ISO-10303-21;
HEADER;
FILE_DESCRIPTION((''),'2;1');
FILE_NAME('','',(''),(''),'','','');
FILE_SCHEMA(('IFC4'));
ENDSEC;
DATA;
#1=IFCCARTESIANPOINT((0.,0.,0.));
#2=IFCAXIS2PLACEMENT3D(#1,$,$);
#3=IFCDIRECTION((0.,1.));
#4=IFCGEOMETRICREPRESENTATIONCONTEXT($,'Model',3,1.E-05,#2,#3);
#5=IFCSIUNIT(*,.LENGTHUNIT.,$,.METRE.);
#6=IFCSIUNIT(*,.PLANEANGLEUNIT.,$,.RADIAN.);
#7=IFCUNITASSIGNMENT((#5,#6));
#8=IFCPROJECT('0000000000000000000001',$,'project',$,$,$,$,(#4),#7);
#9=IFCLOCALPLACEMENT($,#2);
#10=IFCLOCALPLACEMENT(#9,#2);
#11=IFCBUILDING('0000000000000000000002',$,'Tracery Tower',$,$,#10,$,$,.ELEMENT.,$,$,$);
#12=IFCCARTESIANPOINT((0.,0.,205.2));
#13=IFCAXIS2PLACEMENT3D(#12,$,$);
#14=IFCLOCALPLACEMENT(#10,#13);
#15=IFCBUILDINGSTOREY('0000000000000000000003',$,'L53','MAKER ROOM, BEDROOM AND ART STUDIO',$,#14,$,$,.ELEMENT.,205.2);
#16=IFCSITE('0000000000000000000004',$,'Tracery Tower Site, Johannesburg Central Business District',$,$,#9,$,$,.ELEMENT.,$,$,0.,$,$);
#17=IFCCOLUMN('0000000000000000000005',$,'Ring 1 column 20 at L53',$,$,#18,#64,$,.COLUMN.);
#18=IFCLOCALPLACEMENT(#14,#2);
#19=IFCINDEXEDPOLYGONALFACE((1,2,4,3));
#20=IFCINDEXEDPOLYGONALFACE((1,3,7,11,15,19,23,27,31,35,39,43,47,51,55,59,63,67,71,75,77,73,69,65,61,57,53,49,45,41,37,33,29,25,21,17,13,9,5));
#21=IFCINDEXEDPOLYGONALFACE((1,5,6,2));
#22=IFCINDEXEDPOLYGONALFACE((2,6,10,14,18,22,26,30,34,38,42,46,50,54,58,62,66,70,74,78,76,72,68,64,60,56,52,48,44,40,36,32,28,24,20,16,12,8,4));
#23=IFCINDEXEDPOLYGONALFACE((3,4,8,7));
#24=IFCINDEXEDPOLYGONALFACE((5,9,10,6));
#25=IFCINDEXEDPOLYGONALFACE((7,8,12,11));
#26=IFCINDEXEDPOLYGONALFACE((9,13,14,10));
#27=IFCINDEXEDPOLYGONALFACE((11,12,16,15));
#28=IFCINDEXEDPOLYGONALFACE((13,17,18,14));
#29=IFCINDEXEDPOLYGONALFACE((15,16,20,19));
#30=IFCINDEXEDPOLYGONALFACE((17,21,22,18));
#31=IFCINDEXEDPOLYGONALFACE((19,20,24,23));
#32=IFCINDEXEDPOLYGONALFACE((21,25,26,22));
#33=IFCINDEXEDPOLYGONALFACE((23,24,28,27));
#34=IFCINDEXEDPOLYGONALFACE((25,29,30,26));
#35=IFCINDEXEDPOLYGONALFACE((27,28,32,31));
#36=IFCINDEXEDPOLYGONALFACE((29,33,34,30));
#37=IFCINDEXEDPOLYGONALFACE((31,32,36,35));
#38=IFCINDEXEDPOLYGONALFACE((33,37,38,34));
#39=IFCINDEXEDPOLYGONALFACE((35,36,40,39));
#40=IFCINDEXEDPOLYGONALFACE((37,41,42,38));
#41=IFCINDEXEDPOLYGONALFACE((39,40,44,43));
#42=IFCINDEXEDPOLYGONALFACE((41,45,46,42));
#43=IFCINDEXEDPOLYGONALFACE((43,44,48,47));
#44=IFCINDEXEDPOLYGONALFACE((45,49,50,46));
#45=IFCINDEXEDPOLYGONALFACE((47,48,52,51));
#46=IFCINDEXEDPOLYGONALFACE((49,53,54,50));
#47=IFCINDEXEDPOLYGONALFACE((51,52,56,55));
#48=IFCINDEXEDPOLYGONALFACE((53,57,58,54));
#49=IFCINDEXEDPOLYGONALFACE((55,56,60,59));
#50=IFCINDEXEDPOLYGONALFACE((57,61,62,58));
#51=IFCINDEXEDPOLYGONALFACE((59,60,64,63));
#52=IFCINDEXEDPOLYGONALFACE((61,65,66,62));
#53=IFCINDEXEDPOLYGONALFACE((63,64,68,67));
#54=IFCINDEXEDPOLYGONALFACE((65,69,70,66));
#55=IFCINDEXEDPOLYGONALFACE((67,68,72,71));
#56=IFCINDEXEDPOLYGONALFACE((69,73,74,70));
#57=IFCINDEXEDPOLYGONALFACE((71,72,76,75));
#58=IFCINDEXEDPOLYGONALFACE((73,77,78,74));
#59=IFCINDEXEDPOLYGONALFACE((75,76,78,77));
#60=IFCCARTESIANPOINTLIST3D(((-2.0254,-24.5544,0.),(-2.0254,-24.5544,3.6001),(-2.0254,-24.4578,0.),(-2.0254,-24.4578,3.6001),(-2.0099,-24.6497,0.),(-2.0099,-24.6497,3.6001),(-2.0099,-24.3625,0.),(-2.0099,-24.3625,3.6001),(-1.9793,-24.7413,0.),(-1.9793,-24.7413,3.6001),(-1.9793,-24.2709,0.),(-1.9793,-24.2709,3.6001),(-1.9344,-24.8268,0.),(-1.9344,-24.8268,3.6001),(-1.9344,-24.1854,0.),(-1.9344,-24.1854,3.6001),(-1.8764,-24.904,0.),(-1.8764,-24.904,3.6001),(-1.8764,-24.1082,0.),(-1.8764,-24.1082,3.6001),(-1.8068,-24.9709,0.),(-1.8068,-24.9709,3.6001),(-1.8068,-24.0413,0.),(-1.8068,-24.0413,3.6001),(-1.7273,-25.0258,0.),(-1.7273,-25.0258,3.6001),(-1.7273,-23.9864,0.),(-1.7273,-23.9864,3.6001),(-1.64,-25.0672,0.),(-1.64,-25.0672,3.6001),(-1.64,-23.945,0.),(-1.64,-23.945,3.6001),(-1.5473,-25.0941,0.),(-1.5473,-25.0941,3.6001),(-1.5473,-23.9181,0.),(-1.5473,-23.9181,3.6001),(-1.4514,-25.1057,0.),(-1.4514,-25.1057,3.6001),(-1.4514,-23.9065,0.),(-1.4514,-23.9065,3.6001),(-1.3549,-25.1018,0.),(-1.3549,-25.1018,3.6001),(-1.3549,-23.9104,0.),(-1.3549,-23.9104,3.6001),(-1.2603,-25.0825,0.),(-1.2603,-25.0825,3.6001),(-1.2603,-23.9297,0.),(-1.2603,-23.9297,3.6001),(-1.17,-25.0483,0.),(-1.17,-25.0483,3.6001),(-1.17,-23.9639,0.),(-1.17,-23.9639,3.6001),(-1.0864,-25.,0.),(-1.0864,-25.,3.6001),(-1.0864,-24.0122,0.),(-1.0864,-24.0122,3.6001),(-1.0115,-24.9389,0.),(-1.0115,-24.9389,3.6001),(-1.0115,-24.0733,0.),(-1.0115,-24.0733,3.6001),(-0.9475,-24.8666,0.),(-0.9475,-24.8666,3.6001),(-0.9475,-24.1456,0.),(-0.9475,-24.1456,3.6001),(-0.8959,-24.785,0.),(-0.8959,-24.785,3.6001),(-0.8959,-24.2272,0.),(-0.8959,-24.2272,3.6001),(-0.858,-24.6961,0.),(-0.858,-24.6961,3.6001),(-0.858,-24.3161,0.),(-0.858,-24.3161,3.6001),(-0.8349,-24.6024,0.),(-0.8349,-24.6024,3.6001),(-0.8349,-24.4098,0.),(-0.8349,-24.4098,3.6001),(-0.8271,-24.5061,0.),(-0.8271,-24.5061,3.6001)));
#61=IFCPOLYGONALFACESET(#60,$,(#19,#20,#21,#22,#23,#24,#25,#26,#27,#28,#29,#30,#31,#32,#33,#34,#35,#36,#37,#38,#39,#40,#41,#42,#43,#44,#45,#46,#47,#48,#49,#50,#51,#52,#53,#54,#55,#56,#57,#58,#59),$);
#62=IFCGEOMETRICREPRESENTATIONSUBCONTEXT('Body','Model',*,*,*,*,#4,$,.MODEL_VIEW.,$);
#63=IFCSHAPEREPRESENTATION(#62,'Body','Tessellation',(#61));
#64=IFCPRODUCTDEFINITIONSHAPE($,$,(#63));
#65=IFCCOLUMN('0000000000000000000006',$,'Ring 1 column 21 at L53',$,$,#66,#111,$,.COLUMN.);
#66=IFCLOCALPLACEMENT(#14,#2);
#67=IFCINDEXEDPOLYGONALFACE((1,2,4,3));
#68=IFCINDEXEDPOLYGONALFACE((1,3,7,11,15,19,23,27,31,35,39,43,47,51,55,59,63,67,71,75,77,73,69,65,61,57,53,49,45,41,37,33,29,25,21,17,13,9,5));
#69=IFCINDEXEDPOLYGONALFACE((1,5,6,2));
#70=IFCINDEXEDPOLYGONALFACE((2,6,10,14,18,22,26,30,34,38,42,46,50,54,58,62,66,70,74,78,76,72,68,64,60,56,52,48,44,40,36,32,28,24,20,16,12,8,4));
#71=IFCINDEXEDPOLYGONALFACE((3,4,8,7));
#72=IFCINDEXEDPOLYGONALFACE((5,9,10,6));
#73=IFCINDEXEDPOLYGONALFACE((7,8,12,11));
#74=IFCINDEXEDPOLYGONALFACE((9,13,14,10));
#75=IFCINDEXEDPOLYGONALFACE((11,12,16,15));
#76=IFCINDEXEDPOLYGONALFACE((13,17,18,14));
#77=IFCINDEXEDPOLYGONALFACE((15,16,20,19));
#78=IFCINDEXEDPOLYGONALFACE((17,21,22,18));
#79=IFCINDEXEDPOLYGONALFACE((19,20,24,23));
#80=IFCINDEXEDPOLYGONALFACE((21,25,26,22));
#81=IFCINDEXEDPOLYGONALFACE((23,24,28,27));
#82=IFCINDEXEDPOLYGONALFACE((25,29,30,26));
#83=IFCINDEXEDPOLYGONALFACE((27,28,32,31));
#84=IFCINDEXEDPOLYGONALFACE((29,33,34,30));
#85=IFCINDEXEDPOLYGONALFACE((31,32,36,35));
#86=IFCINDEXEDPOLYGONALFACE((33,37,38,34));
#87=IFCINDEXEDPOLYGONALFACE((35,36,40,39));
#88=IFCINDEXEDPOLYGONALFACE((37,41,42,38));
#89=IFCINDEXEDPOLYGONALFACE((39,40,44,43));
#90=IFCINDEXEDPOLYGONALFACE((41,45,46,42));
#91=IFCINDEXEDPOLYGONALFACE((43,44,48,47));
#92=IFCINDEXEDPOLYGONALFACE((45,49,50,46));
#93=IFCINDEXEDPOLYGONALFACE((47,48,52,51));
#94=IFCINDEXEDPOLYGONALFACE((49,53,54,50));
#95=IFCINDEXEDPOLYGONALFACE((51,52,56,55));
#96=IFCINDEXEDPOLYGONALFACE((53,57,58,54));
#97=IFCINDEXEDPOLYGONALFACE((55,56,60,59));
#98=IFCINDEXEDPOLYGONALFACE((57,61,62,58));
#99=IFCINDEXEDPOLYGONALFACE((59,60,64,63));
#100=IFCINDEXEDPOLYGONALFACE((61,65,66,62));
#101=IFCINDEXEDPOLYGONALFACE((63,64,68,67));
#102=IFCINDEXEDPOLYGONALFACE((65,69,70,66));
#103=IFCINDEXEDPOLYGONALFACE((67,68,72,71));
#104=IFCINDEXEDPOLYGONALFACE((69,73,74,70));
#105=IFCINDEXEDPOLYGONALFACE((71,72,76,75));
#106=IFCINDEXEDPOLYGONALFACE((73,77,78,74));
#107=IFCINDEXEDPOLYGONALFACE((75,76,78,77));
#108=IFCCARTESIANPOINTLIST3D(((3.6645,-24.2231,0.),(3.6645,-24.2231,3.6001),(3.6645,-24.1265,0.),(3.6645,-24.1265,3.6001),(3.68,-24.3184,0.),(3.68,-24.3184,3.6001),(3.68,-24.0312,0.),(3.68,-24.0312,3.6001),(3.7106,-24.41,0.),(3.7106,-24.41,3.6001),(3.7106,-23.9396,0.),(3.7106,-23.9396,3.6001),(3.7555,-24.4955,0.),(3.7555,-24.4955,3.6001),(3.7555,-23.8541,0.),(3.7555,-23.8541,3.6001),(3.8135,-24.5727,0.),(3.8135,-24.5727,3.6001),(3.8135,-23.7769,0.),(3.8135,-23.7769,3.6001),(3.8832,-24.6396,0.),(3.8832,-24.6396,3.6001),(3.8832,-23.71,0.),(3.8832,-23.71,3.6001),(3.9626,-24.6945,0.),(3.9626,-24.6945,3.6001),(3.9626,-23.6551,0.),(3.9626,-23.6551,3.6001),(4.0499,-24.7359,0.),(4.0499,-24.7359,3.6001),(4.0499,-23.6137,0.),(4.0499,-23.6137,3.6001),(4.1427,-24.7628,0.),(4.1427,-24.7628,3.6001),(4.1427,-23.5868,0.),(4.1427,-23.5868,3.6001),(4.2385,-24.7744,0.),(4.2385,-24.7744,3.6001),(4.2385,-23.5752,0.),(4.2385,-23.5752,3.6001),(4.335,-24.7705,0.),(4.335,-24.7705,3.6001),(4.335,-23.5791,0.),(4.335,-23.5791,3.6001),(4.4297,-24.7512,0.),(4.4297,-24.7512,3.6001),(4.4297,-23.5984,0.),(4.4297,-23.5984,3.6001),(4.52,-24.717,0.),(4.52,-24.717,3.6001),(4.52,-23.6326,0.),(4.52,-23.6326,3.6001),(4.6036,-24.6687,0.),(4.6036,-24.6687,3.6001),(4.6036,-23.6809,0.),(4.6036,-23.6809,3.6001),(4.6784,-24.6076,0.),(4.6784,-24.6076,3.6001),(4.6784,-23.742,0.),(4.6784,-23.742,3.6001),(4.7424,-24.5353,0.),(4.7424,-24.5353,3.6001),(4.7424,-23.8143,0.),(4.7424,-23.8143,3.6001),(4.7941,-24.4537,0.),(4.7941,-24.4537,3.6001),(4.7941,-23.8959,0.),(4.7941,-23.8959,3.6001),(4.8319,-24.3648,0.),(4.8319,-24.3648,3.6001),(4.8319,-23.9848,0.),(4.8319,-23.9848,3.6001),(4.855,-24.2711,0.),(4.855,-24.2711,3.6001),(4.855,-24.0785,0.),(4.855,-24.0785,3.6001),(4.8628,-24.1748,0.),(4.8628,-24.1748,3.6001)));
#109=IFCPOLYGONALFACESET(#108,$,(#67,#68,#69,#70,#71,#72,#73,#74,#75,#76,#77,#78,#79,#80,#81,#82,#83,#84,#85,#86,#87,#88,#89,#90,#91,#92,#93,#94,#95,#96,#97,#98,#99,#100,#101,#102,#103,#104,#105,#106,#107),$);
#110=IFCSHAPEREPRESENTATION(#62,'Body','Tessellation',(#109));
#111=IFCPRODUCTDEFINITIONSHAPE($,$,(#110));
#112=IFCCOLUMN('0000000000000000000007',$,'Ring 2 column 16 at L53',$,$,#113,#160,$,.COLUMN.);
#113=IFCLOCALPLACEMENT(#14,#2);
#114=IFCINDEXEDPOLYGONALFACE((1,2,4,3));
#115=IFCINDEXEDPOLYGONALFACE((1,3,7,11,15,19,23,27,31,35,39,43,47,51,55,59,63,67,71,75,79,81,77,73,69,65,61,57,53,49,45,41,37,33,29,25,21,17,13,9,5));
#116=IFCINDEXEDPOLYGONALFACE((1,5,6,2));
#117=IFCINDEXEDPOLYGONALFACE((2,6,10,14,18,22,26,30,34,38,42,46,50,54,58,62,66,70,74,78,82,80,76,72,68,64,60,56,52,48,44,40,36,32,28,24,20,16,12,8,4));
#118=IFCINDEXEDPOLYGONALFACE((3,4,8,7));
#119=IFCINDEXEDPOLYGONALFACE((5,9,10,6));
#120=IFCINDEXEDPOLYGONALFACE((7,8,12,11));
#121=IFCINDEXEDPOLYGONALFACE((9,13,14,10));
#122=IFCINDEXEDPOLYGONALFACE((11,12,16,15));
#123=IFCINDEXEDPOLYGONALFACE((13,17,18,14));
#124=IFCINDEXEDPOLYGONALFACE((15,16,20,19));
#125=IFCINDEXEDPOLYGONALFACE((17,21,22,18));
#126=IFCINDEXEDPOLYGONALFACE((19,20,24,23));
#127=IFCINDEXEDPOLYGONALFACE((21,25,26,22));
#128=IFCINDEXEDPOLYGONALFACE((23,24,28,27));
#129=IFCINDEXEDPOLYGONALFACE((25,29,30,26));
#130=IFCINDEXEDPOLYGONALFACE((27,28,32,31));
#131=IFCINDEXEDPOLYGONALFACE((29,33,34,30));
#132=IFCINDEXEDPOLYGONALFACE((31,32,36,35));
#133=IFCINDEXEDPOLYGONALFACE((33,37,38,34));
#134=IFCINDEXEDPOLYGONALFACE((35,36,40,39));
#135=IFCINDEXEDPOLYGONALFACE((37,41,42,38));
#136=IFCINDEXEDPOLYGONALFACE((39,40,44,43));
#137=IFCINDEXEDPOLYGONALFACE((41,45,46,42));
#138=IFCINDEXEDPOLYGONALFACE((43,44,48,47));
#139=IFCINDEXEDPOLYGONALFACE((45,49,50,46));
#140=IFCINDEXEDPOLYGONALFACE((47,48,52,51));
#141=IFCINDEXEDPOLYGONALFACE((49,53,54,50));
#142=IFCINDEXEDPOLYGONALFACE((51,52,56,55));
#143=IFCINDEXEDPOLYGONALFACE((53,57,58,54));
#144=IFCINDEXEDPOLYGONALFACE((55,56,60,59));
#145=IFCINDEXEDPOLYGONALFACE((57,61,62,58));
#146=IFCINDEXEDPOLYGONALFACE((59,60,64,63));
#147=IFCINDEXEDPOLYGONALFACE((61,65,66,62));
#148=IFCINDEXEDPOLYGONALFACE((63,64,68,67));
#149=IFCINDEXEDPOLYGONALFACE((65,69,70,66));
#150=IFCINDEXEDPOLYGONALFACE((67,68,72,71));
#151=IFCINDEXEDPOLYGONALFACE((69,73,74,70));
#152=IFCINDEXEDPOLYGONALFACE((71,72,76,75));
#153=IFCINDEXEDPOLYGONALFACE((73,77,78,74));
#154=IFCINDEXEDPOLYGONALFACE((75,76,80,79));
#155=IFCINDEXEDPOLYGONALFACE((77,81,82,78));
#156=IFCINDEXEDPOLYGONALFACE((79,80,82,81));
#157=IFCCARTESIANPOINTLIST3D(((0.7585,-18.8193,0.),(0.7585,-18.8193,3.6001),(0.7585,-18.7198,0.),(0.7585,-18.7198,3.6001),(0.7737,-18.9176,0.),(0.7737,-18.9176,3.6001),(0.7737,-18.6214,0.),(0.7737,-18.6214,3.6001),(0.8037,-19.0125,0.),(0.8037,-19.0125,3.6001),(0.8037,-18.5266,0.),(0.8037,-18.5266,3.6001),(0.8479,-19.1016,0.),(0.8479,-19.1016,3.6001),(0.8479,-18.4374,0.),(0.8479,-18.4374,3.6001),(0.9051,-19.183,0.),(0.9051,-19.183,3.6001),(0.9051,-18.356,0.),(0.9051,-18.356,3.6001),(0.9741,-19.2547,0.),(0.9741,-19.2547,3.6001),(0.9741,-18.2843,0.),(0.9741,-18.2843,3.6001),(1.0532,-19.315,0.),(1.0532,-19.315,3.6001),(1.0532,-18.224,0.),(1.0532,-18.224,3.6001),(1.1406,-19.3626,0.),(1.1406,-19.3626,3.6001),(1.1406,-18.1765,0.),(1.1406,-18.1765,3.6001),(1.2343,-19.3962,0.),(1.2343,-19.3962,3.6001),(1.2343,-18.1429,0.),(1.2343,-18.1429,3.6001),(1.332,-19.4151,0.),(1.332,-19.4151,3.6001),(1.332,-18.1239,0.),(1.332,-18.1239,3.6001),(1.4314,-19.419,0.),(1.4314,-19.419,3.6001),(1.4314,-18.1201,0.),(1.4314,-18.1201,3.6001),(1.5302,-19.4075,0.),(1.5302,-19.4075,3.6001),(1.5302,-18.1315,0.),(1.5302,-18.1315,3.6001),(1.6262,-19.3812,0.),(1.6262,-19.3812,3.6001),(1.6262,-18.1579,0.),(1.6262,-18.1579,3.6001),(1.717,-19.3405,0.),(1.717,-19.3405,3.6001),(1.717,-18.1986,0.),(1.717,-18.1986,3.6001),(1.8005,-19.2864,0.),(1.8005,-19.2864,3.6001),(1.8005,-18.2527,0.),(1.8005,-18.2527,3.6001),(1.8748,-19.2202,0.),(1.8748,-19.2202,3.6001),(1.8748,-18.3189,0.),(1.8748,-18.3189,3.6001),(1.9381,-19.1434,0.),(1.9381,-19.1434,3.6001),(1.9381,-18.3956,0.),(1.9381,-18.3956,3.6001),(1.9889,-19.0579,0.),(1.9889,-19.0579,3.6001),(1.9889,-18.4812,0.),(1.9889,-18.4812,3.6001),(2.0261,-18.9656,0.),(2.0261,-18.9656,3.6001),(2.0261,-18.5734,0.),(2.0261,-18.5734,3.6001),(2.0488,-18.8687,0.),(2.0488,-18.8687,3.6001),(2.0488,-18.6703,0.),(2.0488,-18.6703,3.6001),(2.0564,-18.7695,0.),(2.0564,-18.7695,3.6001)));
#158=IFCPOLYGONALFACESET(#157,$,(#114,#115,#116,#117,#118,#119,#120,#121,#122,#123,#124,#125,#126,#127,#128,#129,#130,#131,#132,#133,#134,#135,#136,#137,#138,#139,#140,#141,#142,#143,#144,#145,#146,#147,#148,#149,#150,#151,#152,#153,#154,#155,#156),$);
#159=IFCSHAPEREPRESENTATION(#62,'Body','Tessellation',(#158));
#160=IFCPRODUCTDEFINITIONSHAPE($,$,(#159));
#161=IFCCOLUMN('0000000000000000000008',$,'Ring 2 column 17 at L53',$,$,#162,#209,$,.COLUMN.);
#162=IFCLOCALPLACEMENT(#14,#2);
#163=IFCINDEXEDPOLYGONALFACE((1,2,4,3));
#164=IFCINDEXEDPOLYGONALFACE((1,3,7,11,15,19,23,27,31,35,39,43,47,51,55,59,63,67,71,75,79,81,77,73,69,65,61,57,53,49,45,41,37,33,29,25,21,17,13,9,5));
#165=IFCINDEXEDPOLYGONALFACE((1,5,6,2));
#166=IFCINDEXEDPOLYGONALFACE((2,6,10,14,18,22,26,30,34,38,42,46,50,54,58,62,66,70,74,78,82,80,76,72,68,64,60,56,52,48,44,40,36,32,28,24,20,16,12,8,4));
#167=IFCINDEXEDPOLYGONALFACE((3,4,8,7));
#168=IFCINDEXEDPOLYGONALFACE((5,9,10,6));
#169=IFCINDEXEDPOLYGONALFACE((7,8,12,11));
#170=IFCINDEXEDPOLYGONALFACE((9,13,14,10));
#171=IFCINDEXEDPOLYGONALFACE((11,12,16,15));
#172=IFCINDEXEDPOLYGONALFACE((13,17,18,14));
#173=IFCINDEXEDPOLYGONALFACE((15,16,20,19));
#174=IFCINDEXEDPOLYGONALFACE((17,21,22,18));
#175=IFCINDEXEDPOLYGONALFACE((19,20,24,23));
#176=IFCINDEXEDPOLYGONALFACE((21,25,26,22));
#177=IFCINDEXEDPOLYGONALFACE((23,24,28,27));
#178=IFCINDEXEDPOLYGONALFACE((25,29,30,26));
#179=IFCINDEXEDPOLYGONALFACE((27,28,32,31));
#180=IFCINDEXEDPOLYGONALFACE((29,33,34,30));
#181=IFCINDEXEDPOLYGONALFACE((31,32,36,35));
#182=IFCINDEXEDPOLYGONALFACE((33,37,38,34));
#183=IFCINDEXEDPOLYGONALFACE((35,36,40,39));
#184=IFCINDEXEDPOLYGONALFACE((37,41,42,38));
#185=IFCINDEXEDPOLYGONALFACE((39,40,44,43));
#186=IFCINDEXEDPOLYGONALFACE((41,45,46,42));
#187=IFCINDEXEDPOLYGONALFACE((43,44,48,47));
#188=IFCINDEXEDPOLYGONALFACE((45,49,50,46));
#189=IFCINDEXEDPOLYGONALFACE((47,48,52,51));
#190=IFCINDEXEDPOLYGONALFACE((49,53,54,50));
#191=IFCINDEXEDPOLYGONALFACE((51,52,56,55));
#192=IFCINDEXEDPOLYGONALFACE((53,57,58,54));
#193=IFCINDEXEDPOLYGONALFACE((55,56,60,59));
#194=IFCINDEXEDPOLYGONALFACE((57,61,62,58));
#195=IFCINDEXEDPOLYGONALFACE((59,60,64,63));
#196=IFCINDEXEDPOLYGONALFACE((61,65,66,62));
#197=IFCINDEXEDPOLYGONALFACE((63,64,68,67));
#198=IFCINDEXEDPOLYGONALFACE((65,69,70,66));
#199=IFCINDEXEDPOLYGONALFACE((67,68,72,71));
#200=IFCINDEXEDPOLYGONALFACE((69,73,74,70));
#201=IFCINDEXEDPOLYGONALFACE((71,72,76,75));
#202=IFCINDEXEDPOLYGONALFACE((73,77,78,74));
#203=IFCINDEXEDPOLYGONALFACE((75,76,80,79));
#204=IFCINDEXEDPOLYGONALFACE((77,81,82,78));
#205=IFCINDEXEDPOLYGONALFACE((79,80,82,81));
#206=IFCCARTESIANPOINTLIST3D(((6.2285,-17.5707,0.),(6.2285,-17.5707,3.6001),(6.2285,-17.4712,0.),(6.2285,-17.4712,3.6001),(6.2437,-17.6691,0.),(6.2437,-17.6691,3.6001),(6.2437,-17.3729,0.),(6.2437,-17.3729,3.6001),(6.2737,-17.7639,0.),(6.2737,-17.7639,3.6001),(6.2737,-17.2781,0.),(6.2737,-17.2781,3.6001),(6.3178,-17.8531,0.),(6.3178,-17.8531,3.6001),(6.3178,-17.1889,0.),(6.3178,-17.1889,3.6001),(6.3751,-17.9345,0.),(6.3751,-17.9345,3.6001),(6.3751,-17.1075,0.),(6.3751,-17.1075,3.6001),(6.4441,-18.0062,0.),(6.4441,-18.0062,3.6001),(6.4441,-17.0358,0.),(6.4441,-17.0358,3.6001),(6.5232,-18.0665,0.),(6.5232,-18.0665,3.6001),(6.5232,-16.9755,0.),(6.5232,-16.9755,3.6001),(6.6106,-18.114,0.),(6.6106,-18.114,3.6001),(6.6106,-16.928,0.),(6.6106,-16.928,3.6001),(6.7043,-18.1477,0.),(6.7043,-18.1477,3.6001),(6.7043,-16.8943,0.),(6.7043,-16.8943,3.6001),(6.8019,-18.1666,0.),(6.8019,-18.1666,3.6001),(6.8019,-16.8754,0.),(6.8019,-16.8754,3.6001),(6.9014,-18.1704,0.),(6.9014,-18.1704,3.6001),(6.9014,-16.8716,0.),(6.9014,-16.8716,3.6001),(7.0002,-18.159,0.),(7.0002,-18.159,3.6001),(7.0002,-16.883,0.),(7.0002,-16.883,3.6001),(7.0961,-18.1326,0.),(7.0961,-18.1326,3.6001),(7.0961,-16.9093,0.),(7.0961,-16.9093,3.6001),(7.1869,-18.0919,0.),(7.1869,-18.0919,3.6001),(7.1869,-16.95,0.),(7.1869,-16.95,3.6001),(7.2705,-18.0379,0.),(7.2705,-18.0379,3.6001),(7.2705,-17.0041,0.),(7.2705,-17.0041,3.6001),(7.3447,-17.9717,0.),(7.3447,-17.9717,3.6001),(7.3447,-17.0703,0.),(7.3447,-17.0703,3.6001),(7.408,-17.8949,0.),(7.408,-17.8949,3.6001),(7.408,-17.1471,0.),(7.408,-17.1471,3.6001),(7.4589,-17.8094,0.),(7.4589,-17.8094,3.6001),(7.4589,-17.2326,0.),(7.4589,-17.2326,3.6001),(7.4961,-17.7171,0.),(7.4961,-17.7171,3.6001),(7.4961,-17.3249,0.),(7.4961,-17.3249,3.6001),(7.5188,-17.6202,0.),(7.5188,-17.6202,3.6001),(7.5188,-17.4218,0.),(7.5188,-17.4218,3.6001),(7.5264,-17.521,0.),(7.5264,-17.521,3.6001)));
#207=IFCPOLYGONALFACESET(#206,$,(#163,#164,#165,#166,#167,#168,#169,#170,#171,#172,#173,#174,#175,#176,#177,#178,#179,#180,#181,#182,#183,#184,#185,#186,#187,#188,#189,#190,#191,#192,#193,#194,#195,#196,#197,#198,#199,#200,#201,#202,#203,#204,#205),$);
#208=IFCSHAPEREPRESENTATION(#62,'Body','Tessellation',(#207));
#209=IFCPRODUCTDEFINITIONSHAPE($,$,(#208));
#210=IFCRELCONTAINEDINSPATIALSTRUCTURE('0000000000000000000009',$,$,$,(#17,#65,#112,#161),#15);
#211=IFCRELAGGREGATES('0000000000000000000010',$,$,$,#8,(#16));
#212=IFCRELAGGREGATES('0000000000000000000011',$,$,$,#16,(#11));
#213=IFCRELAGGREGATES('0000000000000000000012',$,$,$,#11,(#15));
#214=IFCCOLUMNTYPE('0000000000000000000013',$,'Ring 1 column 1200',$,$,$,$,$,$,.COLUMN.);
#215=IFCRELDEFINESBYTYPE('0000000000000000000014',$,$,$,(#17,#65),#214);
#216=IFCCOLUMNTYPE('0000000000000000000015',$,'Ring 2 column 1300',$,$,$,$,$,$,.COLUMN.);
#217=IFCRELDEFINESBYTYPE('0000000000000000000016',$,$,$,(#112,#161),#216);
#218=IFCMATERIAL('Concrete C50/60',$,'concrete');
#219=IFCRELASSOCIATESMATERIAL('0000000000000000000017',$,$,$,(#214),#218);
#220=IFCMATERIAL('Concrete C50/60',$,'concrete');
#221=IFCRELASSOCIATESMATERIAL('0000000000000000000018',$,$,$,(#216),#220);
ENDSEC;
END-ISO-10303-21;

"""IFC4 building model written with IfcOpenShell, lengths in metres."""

from ifc_helpers import new_model, si_unit, direction, frame, origin, origin_2d, place, context, subcontext, project, spatial, circle, extrude, material, material_profile, profile_set, type_object, element, save


model = new_model("IFC4")

# Units and contexts
model_context = context("Model", 3, precision=1e-05, world=origin(), true_north=direction((0.0, 1.0)))
body_context = subcontext(model_context, "Body", "Model", "MODEL_VIEW")
ifc_project = project(units=[si_unit("LENGTHUNIT", "METRE"), si_unit("PLANEANGLEUNIT", "RADIAN")], contexts=[model_context])

# Site, building, storey
site_placement = place(None, origin())
site = spatial("IfcSite", under=ifc_project, at=site_placement, Name="Tracery Tower Site, Johannesburg Central Business District", CompositionType="ELEMENT", RefElevation=0.0)
building_placement = place(site_placement, origin())
building = spatial("IfcBuilding", under=site, at=building_placement, Name="Tracery Tower", CompositionType="ELEMENT")
storey_placement = place(building_placement, frame((0.0, 0.0, 205.2)))
storey = spatial("IfcBuildingStorey", under=building, at=storey_placement, Name="L53", Description="MAKER ROOM, BEDROOM AND ART STUDIO", CompositionType="ELEMENT", Elevation=205.2)

# Columns
ifc_material_1 = material(Name="Concrete C50/60", Category="concrete")
ifc_material_profile_1 = material_profile(ifc_material_1, circle(Radius=0.6001, at=origin_2d()), Name="RC D1200")
ifc_profile_set_1 = profile_set([ifc_material_profile_1], Name="Concrete C50/60")
column_type_1 = type_object("IfcColumnType", Name="Ring 1 column 1200", PredefinedType="COLUMN", material=ifc_profile_set_1)
for number, where, z_axis, x_axis, name in (
    (1, (-1.4272, -24.5061, 0.0), (0.0, 0.0, 1.0), (1.0, 0.0, 0.0), "Ring 1 column 20 at L53"),
    (2, (4.2627, -24.1748, 0.0), (0.0, 0.0, 1.0), (1.0, 0.0, 0.0), "Ring 1 column 21 at L53"),
):
    element("IfcColumn", number, at=place(storey_placement, frame(where, z_axis=z_axis, x_axis=x_axis)), inside=storey, type_object=column_type_1, Name=name, PredefinedType="COLUMN", context=body_context, shape_type="SweptSolid", body=[
        extrude(circle(Radius=0.6001, at=origin_2d()), origin(), (0.0, 0.0, 1.0), 3.6001),
    ])
ifc_material_2 = material(Name="Concrete C50/60", Category="concrete")
ifc_material_profile_2 = material_profile(ifc_material_2, circle(Radius=0.6499, at=origin_2d()), Name="RC D1300")
ifc_profile_set_2 = profile_set([ifc_material_profile_2], Name="Concrete C50/60")
column_type_2 = type_object("IfcColumnType", Name="Ring 2 column 1300", PredefinedType="COLUMN", material=ifc_profile_set_2)
for number, where, z_axis, x_axis, name in (
    (3, (1.4065, -18.7695, 0.0), (0.0, 0.0, 1.0), (1.0, 0.0, 0.0), "Ring 2 column 16 at L53"),
    (4, (6.8765, -17.521, 0.0), (0.0, 0.0, 1.0), (1.0, 0.0, 0.0), "Ring 2 column 17 at L53"),
):
    element("IfcColumn", number, at=place(storey_placement, frame(where, z_axis=z_axis, x_axis=x_axis)), inside=storey, type_object=column_type_2, Name=name, PredefinedType="COLUMN", context=body_context, shape_type="SweptSolid", body=[
        extrude(circle(Radius=0.6499, at=origin_2d()), origin(), (0.0, 0.0, 1.0), 3.6001),
    ])

save(model, "model.ifc")
